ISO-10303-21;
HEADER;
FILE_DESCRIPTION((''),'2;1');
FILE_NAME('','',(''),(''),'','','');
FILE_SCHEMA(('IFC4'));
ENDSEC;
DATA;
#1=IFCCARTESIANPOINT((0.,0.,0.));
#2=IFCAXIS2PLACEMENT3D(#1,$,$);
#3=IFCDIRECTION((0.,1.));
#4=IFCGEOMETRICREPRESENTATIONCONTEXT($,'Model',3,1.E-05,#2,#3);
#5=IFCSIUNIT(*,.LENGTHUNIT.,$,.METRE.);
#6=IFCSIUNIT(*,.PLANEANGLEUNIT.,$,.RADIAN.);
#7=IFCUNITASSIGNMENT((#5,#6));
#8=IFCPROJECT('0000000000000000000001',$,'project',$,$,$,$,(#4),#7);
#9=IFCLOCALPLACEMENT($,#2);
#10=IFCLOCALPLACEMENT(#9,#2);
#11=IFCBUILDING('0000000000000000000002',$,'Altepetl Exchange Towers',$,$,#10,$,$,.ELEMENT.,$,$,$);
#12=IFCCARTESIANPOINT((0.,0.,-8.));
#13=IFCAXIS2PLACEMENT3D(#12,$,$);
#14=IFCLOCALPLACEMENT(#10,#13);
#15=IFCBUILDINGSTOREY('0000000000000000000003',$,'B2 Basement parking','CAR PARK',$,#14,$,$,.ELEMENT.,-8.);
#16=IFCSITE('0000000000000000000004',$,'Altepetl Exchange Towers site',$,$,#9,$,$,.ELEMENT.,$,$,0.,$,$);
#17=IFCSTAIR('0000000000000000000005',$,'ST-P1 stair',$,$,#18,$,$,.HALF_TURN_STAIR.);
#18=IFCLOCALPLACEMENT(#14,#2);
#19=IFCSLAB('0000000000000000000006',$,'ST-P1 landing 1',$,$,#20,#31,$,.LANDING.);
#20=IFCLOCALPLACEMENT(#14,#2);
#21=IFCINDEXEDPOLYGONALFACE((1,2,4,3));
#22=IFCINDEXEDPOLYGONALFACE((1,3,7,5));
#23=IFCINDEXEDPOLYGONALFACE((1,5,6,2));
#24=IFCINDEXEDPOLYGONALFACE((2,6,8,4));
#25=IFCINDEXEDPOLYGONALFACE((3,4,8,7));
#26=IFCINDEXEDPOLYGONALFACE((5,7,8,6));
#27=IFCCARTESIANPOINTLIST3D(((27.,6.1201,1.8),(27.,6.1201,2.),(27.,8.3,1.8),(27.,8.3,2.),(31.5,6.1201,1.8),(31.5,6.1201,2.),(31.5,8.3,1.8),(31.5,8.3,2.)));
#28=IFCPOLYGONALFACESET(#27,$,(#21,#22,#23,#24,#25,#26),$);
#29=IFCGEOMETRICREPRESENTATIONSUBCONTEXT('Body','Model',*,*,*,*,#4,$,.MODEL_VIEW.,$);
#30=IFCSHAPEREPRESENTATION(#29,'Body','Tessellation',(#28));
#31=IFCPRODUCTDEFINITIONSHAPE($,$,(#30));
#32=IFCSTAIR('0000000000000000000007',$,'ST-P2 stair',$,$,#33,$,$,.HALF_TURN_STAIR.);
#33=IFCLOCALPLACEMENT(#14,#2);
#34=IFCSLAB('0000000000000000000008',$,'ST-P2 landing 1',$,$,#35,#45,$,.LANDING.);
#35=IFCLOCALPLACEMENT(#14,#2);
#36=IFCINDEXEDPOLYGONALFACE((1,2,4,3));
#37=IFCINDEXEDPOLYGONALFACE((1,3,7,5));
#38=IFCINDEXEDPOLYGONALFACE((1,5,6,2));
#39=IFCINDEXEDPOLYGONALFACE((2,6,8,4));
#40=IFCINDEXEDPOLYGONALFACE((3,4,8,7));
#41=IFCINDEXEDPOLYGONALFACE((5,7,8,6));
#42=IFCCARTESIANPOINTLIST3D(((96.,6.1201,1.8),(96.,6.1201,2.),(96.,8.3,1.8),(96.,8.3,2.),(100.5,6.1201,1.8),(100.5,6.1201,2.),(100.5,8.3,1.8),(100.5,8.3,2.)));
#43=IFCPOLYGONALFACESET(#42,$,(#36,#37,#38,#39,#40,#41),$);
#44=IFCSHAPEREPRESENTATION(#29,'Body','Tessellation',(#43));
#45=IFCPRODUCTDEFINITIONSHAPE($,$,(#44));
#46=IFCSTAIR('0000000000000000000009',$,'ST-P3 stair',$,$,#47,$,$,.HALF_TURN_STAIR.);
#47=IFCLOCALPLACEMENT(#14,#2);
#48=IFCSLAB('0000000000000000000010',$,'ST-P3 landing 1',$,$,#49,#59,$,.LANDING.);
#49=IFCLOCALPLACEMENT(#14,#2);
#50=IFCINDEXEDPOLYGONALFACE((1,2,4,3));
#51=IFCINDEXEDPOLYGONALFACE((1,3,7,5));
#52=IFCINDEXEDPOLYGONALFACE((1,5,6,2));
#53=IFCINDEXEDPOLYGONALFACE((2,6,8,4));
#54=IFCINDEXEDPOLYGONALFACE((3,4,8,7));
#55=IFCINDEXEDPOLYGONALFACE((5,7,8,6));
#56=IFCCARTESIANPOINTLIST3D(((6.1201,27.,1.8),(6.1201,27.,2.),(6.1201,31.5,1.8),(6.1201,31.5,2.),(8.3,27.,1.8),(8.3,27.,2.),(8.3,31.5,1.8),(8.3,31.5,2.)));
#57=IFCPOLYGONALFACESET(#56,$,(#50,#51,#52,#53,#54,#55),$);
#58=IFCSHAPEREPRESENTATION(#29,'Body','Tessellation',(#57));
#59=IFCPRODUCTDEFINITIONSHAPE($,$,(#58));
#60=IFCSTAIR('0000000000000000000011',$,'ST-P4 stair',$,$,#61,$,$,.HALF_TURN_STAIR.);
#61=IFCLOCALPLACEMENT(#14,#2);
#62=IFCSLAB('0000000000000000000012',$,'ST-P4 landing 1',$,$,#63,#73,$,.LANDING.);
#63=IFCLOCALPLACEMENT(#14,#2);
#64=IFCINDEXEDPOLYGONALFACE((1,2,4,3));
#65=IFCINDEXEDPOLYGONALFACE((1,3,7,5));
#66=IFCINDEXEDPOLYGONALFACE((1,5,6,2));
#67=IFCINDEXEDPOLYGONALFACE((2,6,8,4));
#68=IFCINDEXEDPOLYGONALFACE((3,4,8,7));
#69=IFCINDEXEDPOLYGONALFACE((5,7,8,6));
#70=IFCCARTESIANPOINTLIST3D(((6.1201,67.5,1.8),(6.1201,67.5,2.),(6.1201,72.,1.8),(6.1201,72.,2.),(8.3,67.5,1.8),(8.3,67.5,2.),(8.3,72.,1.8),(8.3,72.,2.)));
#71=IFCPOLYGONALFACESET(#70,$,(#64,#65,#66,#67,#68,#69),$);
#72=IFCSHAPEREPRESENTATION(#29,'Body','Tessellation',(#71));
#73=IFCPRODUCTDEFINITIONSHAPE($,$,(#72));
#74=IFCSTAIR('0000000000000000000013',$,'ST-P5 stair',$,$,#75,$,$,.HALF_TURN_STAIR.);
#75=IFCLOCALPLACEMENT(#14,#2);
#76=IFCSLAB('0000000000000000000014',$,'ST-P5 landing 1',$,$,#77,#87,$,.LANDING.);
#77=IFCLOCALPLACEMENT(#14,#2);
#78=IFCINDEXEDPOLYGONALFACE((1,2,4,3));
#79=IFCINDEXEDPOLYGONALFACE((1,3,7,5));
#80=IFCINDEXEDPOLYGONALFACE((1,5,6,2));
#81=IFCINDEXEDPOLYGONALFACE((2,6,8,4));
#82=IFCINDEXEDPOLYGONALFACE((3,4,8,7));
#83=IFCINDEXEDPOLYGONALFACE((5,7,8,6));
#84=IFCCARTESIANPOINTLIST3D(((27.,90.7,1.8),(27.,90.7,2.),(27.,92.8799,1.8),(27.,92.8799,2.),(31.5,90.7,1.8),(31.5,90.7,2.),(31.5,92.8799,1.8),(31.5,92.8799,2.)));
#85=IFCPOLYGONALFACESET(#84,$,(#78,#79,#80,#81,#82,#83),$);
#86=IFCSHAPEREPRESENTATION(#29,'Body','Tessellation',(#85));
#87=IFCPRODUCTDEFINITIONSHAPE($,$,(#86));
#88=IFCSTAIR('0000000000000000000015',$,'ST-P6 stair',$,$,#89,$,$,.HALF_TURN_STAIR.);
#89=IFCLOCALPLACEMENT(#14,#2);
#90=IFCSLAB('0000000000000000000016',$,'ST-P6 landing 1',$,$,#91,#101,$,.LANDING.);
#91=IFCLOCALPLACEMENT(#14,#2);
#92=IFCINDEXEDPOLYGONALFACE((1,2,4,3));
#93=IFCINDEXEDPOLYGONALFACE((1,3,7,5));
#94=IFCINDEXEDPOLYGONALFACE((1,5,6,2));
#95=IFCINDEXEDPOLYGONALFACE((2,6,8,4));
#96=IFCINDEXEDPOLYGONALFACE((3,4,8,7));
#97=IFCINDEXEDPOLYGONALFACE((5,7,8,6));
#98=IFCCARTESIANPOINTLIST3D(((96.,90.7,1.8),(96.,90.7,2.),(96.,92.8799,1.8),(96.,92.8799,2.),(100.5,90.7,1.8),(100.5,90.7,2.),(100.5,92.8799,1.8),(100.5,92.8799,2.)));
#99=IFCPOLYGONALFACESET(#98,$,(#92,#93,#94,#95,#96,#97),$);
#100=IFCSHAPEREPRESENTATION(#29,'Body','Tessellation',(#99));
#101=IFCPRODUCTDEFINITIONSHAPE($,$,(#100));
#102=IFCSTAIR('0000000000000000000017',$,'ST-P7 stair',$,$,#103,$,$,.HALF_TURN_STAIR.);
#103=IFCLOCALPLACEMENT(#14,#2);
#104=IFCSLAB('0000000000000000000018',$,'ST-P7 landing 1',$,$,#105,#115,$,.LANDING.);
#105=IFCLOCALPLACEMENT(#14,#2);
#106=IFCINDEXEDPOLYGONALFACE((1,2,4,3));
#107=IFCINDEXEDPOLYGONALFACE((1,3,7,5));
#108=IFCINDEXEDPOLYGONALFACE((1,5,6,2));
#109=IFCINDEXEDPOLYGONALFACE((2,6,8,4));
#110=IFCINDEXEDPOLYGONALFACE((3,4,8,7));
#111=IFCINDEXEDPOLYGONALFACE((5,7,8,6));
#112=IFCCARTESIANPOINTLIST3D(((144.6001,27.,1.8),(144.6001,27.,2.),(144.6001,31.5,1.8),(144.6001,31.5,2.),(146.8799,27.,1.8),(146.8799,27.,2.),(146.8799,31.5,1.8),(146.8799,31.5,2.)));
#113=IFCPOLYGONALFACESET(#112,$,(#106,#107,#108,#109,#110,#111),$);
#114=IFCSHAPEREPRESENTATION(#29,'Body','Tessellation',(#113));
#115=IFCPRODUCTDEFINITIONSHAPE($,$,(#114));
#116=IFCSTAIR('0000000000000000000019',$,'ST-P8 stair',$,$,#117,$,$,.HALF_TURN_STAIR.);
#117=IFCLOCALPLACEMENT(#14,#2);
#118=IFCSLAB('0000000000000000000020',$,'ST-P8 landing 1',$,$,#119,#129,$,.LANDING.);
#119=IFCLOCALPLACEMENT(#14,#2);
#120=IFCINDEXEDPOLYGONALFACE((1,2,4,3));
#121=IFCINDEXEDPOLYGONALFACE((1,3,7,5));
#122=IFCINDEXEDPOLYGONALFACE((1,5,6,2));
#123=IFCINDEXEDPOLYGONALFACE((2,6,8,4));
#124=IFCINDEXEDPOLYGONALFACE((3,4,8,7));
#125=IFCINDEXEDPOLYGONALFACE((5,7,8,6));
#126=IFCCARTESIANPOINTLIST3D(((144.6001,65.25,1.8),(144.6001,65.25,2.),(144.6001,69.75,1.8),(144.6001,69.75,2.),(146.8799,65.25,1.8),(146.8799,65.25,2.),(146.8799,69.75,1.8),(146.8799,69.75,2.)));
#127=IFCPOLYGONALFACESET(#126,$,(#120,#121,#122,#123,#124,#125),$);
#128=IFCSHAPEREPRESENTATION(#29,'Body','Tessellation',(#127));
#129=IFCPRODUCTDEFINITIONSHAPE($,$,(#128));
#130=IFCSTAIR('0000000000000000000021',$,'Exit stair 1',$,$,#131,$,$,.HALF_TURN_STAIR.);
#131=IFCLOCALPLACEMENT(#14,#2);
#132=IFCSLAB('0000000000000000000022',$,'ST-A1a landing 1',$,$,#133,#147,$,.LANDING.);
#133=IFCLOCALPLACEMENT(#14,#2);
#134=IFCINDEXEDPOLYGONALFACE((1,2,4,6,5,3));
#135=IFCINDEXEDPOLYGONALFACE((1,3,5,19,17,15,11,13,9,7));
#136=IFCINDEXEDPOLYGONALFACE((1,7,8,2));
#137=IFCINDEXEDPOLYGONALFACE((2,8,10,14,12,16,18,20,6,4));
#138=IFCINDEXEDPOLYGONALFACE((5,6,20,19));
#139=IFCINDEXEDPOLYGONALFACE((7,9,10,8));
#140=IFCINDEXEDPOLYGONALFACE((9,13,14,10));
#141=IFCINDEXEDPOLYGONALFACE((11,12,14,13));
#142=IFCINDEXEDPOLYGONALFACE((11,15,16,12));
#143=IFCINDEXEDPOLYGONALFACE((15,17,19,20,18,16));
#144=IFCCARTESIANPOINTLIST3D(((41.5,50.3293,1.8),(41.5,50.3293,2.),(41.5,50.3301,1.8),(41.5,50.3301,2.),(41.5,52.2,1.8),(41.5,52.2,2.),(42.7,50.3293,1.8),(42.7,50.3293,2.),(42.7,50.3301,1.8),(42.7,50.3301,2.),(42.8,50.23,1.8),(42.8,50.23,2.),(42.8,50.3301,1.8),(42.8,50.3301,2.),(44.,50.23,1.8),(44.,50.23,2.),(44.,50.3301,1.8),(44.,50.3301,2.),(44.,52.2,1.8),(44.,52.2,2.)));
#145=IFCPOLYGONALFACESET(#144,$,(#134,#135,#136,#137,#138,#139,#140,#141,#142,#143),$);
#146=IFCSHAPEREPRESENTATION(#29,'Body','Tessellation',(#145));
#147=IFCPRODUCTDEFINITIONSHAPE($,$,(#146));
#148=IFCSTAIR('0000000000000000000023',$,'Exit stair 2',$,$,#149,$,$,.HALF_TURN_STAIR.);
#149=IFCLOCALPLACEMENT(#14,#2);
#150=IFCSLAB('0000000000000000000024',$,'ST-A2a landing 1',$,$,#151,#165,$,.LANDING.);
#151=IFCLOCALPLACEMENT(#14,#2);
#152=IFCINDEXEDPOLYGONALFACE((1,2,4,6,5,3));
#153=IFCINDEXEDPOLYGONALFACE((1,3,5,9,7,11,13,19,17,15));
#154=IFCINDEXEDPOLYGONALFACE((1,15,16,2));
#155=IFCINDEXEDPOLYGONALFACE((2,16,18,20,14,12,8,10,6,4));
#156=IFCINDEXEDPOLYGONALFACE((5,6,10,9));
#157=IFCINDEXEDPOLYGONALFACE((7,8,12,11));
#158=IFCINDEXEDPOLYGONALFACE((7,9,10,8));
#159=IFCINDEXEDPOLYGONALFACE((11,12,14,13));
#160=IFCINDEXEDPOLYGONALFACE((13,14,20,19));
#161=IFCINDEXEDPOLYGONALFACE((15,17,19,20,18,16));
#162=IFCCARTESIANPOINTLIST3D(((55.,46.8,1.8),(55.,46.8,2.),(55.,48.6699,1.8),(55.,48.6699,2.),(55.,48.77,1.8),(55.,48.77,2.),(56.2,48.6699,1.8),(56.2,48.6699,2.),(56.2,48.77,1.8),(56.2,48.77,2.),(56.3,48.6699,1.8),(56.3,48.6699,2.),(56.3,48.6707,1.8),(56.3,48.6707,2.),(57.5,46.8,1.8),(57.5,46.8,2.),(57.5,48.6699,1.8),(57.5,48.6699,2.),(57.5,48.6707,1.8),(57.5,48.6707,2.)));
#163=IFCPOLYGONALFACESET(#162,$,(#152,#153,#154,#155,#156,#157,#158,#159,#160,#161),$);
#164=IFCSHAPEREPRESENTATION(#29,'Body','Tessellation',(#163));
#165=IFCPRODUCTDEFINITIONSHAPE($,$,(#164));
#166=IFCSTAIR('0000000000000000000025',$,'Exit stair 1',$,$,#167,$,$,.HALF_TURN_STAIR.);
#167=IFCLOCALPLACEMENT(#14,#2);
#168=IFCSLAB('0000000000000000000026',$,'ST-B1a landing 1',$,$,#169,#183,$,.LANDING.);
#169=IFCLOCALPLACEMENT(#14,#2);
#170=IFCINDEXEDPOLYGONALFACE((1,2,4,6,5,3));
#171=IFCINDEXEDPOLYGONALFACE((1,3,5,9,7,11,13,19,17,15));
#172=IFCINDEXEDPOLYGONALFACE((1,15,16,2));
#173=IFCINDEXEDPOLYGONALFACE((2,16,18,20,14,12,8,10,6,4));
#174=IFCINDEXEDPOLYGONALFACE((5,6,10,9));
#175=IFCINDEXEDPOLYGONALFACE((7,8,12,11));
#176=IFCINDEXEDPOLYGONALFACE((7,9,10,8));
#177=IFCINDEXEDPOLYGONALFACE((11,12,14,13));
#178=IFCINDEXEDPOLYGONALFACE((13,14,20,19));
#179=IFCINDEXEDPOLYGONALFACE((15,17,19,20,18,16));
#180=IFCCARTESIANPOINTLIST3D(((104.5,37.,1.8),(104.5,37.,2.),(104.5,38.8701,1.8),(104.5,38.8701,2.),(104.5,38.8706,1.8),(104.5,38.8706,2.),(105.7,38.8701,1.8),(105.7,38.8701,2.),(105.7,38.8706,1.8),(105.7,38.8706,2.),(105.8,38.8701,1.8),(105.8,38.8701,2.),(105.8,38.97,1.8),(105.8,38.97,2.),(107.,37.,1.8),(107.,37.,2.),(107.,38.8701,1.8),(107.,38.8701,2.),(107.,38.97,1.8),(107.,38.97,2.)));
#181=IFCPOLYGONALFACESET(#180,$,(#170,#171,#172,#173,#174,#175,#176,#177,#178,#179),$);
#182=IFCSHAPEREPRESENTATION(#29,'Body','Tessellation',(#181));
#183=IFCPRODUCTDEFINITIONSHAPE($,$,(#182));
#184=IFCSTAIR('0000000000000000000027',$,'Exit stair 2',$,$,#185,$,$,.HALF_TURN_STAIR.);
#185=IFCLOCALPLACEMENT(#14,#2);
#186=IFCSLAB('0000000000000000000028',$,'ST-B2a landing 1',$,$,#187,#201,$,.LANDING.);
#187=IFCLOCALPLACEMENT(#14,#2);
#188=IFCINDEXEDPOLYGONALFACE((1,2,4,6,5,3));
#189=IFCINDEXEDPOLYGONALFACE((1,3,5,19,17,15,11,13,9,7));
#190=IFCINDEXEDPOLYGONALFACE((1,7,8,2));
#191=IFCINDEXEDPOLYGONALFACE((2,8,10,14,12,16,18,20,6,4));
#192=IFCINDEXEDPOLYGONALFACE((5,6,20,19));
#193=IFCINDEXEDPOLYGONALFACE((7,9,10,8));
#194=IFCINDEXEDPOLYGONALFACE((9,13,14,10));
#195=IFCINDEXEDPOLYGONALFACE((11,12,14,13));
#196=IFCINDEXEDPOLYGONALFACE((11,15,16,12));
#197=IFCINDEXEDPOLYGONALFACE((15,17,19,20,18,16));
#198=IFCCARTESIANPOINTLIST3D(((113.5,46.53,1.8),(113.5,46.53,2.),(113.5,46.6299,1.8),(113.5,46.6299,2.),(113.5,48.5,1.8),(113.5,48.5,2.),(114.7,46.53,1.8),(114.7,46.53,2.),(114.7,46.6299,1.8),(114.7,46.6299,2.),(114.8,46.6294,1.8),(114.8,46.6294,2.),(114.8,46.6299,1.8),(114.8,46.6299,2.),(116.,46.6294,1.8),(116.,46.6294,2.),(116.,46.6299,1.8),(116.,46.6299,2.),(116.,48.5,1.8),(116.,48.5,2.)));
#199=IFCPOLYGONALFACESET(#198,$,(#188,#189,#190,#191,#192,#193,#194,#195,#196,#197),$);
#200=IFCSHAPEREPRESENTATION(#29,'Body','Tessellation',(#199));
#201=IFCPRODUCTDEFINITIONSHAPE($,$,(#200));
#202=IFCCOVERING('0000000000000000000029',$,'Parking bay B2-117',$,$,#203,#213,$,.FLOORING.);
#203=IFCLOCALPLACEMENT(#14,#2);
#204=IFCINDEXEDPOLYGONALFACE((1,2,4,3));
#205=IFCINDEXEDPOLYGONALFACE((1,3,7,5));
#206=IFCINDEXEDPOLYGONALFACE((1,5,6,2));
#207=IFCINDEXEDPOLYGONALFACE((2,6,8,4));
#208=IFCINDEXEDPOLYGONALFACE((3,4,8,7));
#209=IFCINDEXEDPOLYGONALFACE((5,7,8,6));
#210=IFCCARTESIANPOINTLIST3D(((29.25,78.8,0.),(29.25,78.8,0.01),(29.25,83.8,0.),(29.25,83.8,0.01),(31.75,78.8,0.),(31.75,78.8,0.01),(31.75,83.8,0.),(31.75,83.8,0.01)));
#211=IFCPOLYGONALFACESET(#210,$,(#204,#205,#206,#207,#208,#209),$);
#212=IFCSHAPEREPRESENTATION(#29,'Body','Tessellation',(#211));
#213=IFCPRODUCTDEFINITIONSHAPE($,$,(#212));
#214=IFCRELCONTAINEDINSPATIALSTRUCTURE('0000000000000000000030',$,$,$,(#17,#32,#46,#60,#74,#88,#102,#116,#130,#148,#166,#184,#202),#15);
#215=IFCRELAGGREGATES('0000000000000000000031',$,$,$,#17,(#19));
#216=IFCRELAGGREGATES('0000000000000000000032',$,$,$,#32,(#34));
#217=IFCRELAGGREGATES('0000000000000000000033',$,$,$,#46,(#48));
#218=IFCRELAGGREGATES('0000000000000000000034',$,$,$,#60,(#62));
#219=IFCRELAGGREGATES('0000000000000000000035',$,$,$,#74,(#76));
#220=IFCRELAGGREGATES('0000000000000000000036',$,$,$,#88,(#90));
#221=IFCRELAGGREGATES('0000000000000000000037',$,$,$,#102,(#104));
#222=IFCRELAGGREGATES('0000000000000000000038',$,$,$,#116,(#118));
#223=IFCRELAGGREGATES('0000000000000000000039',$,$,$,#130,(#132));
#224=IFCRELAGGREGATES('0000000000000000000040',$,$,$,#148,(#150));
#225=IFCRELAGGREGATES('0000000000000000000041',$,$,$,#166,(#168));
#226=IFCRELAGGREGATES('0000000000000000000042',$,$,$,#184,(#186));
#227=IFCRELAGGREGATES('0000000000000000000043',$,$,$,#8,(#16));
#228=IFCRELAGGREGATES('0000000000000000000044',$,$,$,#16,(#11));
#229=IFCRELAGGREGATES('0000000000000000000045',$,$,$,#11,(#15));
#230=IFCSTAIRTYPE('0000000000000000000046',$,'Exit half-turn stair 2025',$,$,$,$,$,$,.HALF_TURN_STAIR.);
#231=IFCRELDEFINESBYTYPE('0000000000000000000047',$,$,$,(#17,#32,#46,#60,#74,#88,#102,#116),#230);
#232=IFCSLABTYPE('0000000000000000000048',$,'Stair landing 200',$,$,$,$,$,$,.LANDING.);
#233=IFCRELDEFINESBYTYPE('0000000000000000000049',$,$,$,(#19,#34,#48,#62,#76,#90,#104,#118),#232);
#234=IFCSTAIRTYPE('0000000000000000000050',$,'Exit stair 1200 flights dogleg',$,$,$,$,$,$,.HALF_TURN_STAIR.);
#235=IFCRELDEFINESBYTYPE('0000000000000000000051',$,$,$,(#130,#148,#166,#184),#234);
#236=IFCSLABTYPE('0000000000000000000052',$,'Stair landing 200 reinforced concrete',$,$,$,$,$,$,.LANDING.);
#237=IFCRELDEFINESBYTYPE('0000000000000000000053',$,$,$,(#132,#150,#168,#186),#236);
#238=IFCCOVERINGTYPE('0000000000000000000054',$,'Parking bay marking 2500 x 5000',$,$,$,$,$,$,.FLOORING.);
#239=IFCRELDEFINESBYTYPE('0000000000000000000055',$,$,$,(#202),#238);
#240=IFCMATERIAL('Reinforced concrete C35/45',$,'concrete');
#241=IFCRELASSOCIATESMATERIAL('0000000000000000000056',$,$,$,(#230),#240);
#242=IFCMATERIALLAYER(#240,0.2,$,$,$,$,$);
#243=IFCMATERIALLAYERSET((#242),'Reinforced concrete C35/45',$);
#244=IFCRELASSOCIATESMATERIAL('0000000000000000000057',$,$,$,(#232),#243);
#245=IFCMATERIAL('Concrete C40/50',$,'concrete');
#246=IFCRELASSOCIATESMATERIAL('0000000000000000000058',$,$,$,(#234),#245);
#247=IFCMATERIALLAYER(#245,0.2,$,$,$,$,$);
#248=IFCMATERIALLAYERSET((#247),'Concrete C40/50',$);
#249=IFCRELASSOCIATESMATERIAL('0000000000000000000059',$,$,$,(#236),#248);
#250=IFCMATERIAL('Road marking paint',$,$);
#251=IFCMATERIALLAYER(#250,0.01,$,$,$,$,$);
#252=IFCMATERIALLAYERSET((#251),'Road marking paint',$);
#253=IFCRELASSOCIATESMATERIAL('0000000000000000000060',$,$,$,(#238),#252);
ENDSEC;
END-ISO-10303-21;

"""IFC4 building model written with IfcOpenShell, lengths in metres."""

from ifc_helpers import new_model, si_unit, direction, frame, origin, place, context, subcontext, project, spatial, polyline, outline, extrude, material, layer, layer_set, type_object, element, aggregate, save


model = new_model("IFC4")

# Units and contexts
model_context = context("Model", 3, precision=1e-05, world=origin(), true_north=direction((0.0, 1.0)))
body_context = subcontext(model_context, "Body", "Model", "MODEL_VIEW")
ifc_project = project(units=[si_unit("LENGTHUNIT", "METRE"), si_unit("PLANEANGLEUNIT", "RADIAN")], contexts=[model_context])

# Site, building, storey
site_placement = place(None, origin())
site = spatial("IfcSite", under=ifc_project, at=site_placement, Name="Altepetl Exchange Towers site", CompositionType="ELEMENT", RefElevation=0.0)
building_placement = place(site_placement, origin())
building = spatial("IfcBuilding", under=site, at=building_placement, Name="Altepetl Exchange Towers", CompositionType="ELEMENT")
storey_placement = place(building_placement, frame((0.0, 0.0, -8.0)))
storey = spatial("IfcBuildingStorey", under=building, at=storey_placement, Name="B2 Basement parking", Description="CAR PARK", CompositionType="ELEMENT", Elevation=-8.0)

# Stairs, slabs
ifc_material_1 = material(Name="Reinforced concrete C35/45", Category="concrete")
stair_type_1 = type_object("IfcStairType", Name="Exit half-turn stair 2025", PredefinedType="HALF_TURN_STAIR", material=ifc_material_1)
stair_1_placement = place(storey_placement, origin())
stair_1 = element("IfcStair", 1, at=stair_1_placement, inside=storey, type_object=stair_type_1, Name="ST-P1 stair", PredefinedType="HALF_TURN_STAIR")
ifc_layer_1 = layer(ifc_material_1, 0.2)
ifc_layer_set_1 = layer_set([ifc_layer_1], Name="Reinforced concrete C35/45")
slab_type_1 = type_object("IfcSlabType", Name="Stair landing 200", PredefinedType="LANDING", material=ifc_layer_set_1)
slab_1_placement = place(storey_placement, frame((0.0, 0.0, 1.8)))
slab_1 = element("IfcSlab", 2, at=slab_1_placement, type_object=slab_type_1, Name="ST-P1 landing 1", PredefinedType="LANDING", context=body_context, shape_type="SweptSolid", body=[
    extrude(outline(polyline([(27.0, 6.1201), (31.5, 6.1201), (31.5, 8.3), (27.0, 8.3), (27.0, 6.1201)])), origin(), (0.0, 0.0, 1.0), 0.2),
])
aggregate(stair_1, [slab_1])
stair_2_placement = place(storey_placement, origin())
stair_2 = element("IfcStair", 3, at=stair_2_placement, inside=storey, type_object=stair_type_1, Name="ST-P2 stair", PredefinedType="HALF_TURN_STAIR")
slab_2_placement = place(storey_placement, frame((0.0, 0.0, 1.8)))
slab_2 = element("IfcSlab", 4, at=slab_2_placement, type_object=slab_type_1, Name="ST-P2 landing 1", PredefinedType="LANDING", context=body_context, shape_type="SweptSolid", body=[
    extrude(outline(polyline([(96.0, 6.1201), (100.5, 6.1201), (100.5, 8.3), (96.0, 8.3), (96.0, 6.1201)])), origin(), (0.0, 0.0, 1.0), 0.2),
])
aggregate(stair_2, [slab_2])
stair_3_placement = place(storey_placement, origin())
stair_3 = element("IfcStair", 5, at=stair_3_placement, inside=storey, type_object=stair_type_1, Name="ST-P3 stair", PredefinedType="HALF_TURN_STAIR")
slab_3_placement = place(storey_placement, frame((0.0, 0.0, 1.8)))
slab_3 = element("IfcSlab", 6, at=slab_3_placement, type_object=slab_type_1, Name="ST-P3 landing 1", PredefinedType="LANDING", context=body_context, shape_type="SweptSolid", body=[
    extrude(outline(polyline([(6.1201, 31.5), (6.1201, 27.0), (8.3, 27.0), (8.3, 31.5), (6.1201, 31.5)])), origin(), (0.0, 0.0, 1.0), 0.2),
])
aggregate(stair_3, [slab_3])
stair_4_placement = place(storey_placement, origin())
stair_4 = element("IfcStair", 7, at=stair_4_placement, inside=storey, type_object=stair_type_1, Name="ST-P4 stair", PredefinedType="HALF_TURN_STAIR")
slab_4_placement = place(storey_placement, frame((0.0, 0.0, 1.8)))
slab_4 = element("IfcSlab", 8, at=slab_4_placement, type_object=slab_type_1, Name="ST-P4 landing 1", PredefinedType="LANDING", context=body_context, shape_type="SweptSolid", body=[
    extrude(outline(polyline([(6.1201, 72.0), (6.1201, 67.5), (8.3, 67.5), (8.3, 72.0), (6.1201, 72.0)])), origin(), (0.0, 0.0, 1.0), 0.2),
])
aggregate(stair_4, [slab_4])
stair_5_placement = place(storey_placement, origin())
stair_5 = element("IfcStair", 9, at=stair_5_placement, inside=storey, type_object=stair_type_1, Name="ST-P5 stair", PredefinedType="HALF_TURN_STAIR")
slab_5_placement = place(storey_placement, frame((0.0, 0.0, 1.8)))
slab_5 = element("IfcSlab", 10, at=slab_5_placement, type_object=slab_type_1, Name="ST-P5 landing 1", PredefinedType="LANDING", context=body_context, shape_type="SweptSolid", body=[
    extrude(outline(polyline([(31.5, 92.8799), (27.0, 92.8799), (27.0, 90.7), (31.5, 90.7), (31.5, 92.8799)])), origin(), (0.0, 0.0, 1.0), 0.2),
])
aggregate(stair_5, [slab_5])
stair_6_placement = place(storey_placement, origin())
stair_6 = element("IfcStair", 11, at=stair_6_placement, inside=storey, type_object=stair_type_1, Name="ST-P6 stair", PredefinedType="HALF_TURN_STAIR")
slab_6_placement = place(storey_placement, frame((0.0, 0.0, 1.8)))
slab_6 = element("IfcSlab", 12, at=slab_6_placement, type_object=slab_type_1, Name="ST-P6 landing 1", PredefinedType="LANDING", context=body_context, shape_type="SweptSolid", body=[
    extrude(outline(polyline([(100.5, 92.8799), (96.0, 92.8799), (96.0, 90.7), (100.5, 90.7), (100.5, 92.8799)])), origin(), (0.0, 0.0, 1.0), 0.2),
])
aggregate(stair_6, [slab_6])
stair_7_placement = place(storey_placement, origin())
stair_7 = element("IfcStair", 13, at=stair_7_placement, inside=storey, type_object=stair_type_1, Name="ST-P7 stair", PredefinedType="HALF_TURN_STAIR")
slab_7_placement = place(storey_placement, frame((0.0, 0.0, 1.8)))
slab_7 = element("IfcSlab", 14, at=slab_7_placement, type_object=slab_type_1, Name="ST-P7 landing 1", PredefinedType="LANDING", context=body_context, shape_type="SweptSolid", body=[
    extrude(outline(polyline([(146.8799, 27.0), (146.8799, 31.5), (144.6001, 31.5), (144.6001, 27.0), (146.8799, 27.0)])), origin(), (0.0, 0.0, 1.0), 0.2),
])
aggregate(stair_7, [slab_7])
stair_8_placement = place(storey_placement, origin())
stair_8 = element("IfcStair", 15, at=stair_8_placement, inside=storey, type_object=stair_type_1, Name="ST-P8 stair", PredefinedType="HALF_TURN_STAIR")
slab_8_placement = place(storey_placement, frame((0.0, 0.0, 1.8)))
slab_8 = element("IfcSlab", 16, at=slab_8_placement, type_object=slab_type_1, Name="ST-P8 landing 1", PredefinedType="LANDING", context=body_context, shape_type="SweptSolid", body=[
    extrude(outline(polyline([(146.8799, 65.25), (146.8799, 69.75), (144.6001, 69.75), (144.6001, 65.25), (146.8799, 65.25)])), origin(), (0.0, 0.0, 1.0), 0.2),
])
aggregate(stair_8, [slab_8])
ifc_material_2 = material(Name="Concrete C40/50", Category="concrete")
stair_type_2 = type_object("IfcStairType", Name="Exit stair 1200 flights dogleg", PredefinedType="HALF_TURN_STAIR", material=ifc_material_2)
stair_9_placement = place(storey_placement, origin())
stair_9 = element("IfcStair", 17, at=stair_9_placement, inside=storey, type_object=stair_type_2, Name="Exit stair 1", PredefinedType="HALF_TURN_STAIR")
ifc_layer_2 = layer(ifc_material_2, 0.2)
ifc_layer_set_2 = layer_set([ifc_layer_2], Name="Concrete C40/50")
slab_type_2 = type_object("IfcSlabType", Name="Stair landing 200 reinforced concrete", PredefinedType="LANDING", material=ifc_layer_set_2)
slab_9_placement = place(storey_placement, frame((0.0, 0.0, 1.8)))
slab_9 = element("IfcSlab", 18, at=slab_9_placement, type_object=slab_type_2, Name="ST-A1a landing 1", PredefinedType="LANDING", context=body_context, shape_type="SweptSolid", body=[
    extrude(outline(polyline([(44.0, 50.23), (42.8, 50.23), (42.8, 50.3301), (42.7, 50.3301), (42.7, 50.3293), (41.5, 50.3293), (41.5, 50.3301), (41.5, 52.2), (44.0, 52.2), (44.0, 50.3301), (44.0, 50.23)])), origin(), (0.0, 0.0, 1.0), 0.2),
])
aggregate(stair_9, [slab_9])
stair_10_placement = place(storey_placement, origin())
stair_10 = element("IfcStair", 19, at=stair_10_placement, inside=storey, type_object=stair_type_2, Name="Exit stair 2", PredefinedType="HALF_TURN_STAIR")
slab_10_placement = place(storey_placement, frame((0.0, 0.0, 1.8)))
slab_10 = element("IfcSlab", 20, at=slab_10_placement, type_object=slab_type_2, Name="ST-A2a landing 1", PredefinedType="LANDING", context=body_context, shape_type="SweptSolid", body=[
    extrude(outline(polyline([(57.5, 46.8), (55.0, 46.8), (55.0, 48.6699), (55.0, 48.77), (56.2, 48.77), (56.2, 48.6699), (56.3, 48.6699), (56.3, 48.6707), (57.5, 48.6707), (57.5, 48.6699), (57.5, 46.8)])), origin(), (0.0, 0.0, 1.0), 0.2),
])
aggregate(stair_10, [slab_10])
stair_11_placement = place(storey_placement, origin())
stair_11 = element("IfcStair", 21, at=stair_11_placement, inside=storey, type_object=stair_type_2, Name="Exit stair 1", PredefinedType="HALF_TURN_STAIR")
slab_11_placement = place(storey_placement, frame((0.0, 0.0, 1.8)))
slab_11 = element("IfcSlab", 22, at=slab_11_placement, type_object=slab_type_2, Name="ST-B1a landing 1", PredefinedType="LANDING", context=body_context, shape_type="SweptSolid", body=[
    extrude(outline(polyline([(107.0, 37.0), (104.5, 37.0), (104.5, 38.8701), (104.5, 38.8706), (105.7, 38.8706), (105.7, 38.8701), (105.8, 38.8701), (105.8, 38.97), (107.0, 38.97), (107.0, 38.8701), (107.0, 37.0)])), origin(), (0.0, 0.0, 1.0), 0.2),
])
aggregate(stair_11, [slab_11])
stair_12_placement = place(storey_placement, origin())
stair_12 = element("IfcStair", 23, at=stair_12_placement, inside=storey, type_object=stair_type_2, Name="Exit stair 2", PredefinedType="HALF_TURN_STAIR")
slab_12_placement = place(storey_placement, frame((0.0, 0.0, 1.8)))
slab_12 = element("IfcSlab", 24, at=slab_12_placement, type_object=slab_type_2, Name="ST-B2a landing 1", PredefinedType="LANDING", context=body_context, shape_type="SweptSolid", body=[
    extrude(outline(polyline([(114.7, 46.53), (113.5, 46.53), (113.5, 46.6299), (113.5, 48.5), (116.0, 48.5), (116.0, 46.6299), (116.0, 46.6294), (114.8, 46.6294), (114.8, 46.6299), (114.7, 46.6299), (114.7, 46.53)])), origin(), (0.0, 0.0, 1.0), 0.2),
])
aggregate(stair_12, [slab_12])

# Covering
ifc_material_3 = material(Name="Road marking paint")
ifc_layer_3 = layer(ifc_material_3, 0.01)
ifc_layer_set_3 = layer_set([ifc_layer_3], Name="Road marking paint")
covering_type = type_object("IfcCoveringType", Name="Parking bay marking 2500 x 5000", PredefinedType="FLOORING", material=ifc_layer_set_3)
covering_1_placement = place(storey_placement, origin())
element("IfcCovering", 25, at=covering_1_placement, inside=storey, type_object=covering_type, Name="Parking bay B2-117", PredefinedType="FLOORING", context=body_context, shape_type="SweptSolid", body=[
    extrude(outline(polyline([(29.25, 78.8), (31.75, 78.8), (31.75, 83.8), (29.25, 83.8), (29.25, 78.8)])), origin(), (0.0, 0.0, 1.0), 0.01),
])

save(model, "model.ifc")
